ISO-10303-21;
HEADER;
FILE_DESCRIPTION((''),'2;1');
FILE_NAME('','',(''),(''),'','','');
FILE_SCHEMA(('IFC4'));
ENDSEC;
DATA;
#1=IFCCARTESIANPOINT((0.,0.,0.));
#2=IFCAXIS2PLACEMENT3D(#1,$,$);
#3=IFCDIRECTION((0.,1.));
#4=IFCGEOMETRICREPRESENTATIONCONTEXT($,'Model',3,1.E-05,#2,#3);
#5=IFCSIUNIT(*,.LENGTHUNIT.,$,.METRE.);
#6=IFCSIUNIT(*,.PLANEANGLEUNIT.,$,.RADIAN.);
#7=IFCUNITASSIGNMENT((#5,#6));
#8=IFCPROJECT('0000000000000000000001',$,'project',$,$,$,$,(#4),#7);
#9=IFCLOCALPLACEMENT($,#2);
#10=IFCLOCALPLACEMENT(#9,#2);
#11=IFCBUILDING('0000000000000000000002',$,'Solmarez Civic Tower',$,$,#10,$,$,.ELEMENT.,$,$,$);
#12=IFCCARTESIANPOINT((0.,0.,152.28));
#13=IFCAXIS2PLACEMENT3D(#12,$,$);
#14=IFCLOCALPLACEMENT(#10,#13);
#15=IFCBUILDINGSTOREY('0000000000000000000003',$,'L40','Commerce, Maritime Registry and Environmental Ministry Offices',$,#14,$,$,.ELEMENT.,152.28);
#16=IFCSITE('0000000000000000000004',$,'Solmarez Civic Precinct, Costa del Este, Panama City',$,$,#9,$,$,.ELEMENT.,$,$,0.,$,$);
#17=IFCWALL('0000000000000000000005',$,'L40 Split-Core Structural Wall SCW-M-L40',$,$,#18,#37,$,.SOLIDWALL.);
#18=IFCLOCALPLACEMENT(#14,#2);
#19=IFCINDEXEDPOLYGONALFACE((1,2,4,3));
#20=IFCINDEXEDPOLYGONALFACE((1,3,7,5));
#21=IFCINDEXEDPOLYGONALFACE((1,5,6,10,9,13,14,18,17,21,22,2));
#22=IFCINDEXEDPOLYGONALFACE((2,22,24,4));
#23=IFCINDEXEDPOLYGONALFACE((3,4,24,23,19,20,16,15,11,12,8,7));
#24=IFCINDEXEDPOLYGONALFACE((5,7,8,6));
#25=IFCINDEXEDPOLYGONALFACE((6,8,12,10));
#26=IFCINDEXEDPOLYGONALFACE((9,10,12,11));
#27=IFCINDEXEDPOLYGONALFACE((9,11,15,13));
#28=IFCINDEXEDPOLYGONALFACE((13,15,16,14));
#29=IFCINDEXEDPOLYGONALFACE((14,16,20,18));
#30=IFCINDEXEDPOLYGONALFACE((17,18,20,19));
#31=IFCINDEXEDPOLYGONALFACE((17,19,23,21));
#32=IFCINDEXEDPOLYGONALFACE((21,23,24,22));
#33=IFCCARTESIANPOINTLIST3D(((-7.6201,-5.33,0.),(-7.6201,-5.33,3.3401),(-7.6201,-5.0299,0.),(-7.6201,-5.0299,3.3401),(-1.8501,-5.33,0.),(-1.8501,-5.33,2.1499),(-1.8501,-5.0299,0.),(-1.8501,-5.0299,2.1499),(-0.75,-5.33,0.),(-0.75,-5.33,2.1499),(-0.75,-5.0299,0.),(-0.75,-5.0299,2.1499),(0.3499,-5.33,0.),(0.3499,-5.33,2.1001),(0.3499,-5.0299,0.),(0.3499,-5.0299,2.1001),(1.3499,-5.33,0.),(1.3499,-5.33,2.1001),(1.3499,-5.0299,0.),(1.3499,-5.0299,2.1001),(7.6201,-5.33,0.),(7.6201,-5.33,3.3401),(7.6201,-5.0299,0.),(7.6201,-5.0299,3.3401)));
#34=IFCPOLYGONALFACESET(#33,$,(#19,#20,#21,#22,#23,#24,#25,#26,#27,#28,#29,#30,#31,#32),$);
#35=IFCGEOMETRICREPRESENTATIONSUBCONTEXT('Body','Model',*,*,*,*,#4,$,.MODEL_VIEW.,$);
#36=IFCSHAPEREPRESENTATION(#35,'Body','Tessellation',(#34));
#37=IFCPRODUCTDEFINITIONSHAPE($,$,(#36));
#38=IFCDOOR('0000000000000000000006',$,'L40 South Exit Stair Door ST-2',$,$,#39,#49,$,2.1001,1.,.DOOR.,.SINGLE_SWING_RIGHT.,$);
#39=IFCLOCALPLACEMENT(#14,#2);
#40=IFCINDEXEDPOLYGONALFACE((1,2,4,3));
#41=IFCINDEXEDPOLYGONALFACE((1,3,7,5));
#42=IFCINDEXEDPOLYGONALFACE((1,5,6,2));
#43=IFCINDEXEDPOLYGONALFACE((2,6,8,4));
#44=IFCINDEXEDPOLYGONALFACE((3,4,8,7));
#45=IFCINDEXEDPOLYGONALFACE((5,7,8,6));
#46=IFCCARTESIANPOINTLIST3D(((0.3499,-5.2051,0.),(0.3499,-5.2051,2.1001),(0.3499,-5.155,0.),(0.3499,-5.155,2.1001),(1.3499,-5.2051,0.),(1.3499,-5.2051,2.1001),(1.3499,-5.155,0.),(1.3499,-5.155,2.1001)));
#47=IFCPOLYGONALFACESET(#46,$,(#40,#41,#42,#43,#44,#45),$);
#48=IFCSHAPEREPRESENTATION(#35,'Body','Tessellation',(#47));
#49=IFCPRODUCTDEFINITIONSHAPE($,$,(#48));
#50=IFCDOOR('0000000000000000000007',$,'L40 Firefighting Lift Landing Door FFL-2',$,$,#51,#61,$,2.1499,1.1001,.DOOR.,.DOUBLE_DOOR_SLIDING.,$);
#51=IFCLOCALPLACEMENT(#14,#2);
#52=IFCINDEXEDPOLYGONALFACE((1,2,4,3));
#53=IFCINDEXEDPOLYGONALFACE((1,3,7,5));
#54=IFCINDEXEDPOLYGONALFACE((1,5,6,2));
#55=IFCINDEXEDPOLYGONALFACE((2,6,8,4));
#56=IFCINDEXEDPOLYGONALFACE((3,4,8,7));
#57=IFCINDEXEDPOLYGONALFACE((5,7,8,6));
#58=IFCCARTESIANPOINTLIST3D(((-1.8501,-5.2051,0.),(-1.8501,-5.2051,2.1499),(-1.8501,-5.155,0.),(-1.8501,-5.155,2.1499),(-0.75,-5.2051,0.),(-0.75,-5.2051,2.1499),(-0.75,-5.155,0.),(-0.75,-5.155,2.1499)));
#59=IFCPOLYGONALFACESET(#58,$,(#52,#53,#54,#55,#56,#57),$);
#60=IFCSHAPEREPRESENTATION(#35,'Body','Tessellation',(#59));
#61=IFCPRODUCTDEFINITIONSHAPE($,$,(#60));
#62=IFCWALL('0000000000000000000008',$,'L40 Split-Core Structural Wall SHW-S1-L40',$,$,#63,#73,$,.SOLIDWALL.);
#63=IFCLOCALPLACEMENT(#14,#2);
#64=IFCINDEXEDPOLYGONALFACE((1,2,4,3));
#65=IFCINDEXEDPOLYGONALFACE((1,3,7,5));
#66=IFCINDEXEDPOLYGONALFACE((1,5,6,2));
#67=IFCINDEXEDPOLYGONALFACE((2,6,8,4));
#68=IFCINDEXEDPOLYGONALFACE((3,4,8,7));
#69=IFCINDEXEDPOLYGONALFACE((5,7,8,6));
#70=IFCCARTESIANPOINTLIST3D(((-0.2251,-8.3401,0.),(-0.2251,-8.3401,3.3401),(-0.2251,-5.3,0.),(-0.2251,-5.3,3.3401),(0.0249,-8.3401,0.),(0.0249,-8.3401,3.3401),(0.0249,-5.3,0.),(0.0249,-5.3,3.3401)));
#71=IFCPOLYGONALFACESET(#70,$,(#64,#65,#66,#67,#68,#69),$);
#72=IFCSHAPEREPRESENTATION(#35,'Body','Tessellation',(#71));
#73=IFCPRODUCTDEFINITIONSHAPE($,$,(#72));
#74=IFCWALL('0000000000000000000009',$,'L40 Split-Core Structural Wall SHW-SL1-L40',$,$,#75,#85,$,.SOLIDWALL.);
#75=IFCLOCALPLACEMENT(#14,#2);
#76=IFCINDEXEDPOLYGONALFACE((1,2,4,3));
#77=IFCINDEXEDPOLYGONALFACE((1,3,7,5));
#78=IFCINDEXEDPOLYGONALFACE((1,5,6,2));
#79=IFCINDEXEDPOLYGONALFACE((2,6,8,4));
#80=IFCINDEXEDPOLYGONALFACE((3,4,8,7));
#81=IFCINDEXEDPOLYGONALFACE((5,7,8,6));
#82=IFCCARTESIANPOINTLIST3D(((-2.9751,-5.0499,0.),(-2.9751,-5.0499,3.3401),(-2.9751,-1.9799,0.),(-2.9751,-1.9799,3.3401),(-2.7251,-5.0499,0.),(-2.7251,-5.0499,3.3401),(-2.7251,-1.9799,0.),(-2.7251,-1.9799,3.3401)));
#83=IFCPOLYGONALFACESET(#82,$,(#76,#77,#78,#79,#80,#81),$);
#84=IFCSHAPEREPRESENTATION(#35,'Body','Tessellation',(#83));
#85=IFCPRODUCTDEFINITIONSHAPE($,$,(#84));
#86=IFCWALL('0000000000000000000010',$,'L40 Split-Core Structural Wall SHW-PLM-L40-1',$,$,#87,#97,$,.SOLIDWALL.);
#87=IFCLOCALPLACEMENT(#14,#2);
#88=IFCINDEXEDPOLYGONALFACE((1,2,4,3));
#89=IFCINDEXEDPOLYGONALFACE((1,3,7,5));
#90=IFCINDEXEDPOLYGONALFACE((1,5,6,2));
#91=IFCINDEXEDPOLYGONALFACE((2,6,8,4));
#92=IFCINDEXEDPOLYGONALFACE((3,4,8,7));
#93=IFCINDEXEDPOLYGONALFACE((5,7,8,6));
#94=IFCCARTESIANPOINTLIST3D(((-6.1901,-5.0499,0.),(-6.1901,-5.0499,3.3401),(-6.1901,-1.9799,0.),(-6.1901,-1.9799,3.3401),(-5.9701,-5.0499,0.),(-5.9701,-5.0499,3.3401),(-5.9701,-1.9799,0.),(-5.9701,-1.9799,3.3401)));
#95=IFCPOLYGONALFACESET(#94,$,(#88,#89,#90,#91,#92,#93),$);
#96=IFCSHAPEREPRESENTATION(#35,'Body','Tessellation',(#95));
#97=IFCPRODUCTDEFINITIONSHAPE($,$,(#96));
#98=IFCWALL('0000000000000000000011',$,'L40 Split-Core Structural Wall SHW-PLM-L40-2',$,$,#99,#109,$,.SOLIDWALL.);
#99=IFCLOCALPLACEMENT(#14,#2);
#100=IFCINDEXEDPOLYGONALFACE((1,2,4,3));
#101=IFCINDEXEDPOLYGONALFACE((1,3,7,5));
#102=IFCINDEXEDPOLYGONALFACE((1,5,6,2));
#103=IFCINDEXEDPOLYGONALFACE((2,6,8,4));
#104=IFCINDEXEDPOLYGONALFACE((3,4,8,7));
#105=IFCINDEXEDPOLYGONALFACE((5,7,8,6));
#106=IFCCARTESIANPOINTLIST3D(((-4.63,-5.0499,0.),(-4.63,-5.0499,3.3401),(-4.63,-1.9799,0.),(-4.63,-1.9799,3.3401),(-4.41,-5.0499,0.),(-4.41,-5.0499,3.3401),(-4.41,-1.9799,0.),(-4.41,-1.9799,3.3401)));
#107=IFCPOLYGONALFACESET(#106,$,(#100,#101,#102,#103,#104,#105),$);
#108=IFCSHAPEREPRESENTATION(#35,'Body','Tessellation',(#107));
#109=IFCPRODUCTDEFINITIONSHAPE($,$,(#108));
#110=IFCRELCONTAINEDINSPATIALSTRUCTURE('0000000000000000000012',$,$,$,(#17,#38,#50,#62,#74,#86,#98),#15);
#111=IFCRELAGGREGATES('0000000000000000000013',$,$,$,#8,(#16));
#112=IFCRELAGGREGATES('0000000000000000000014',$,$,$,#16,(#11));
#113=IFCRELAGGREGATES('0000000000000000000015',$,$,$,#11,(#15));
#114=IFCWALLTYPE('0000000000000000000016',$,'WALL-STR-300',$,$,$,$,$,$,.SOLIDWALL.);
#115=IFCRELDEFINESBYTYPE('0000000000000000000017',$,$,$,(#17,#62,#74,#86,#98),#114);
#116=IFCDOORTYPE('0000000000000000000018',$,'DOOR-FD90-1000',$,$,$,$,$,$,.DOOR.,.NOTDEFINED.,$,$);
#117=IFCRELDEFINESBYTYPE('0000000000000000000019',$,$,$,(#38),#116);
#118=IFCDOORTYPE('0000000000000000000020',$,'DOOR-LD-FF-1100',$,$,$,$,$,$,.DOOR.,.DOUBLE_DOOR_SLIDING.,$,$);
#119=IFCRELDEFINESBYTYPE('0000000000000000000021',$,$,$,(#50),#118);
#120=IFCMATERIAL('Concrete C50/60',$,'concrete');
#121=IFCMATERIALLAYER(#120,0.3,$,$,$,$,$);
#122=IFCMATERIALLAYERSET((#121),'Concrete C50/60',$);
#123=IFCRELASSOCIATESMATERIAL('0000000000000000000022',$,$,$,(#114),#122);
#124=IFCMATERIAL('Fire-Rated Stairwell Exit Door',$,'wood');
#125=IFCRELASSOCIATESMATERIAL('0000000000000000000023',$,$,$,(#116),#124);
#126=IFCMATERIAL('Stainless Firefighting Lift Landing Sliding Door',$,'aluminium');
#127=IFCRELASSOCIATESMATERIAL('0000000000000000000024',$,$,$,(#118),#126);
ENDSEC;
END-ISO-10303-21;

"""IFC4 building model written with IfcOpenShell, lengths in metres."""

from ifc_helpers import new_model, si_unit, direction, frame, frame_2d, origin, place, context, subcontext, project, spatial, rectangle, extrude, material, layer, layer_set, type_object, element, fill, save


model = new_model("IFC4")

# Units and contexts
model_context = context("Model", 3, precision=1e-05, world=origin(), true_north=direction((0.0, 1.0)))
body_context = subcontext(model_context, "Body", "Model", "MODEL_VIEW")
ifc_project = project(units=[si_unit("LENGTHUNIT", "METRE"), si_unit("PLANEANGLEUNIT", "RADIAN")], contexts=[model_context])

# Site, building, storey
site_placement = place(None, origin())
site = spatial("IfcSite", under=ifc_project, at=site_placement, Name="Solmarez Civic Precinct, Costa del Este, Panama City", CompositionType="ELEMENT", RefElevation=0.0)
building_placement = place(site_placement, origin())
building = spatial("IfcBuilding", under=site, at=building_placement, Name="Solmarez Civic Tower", CompositionType="ELEMENT")
storey_placement = place(building_placement, frame((0.0, 0.0, 152.28)))
storey = spatial("IfcBuildingStorey", under=building, at=storey_placement, Name="L40", Description="Commerce, Maritime Registry and Environmental Ministry Offices", CompositionType="ELEMENT", Elevation=152.28)

# Shared definitions
ifc_material_1 = material(Name="Concrete C50/60", Category="concrete")

# Wall, openings, doors
ifc_layer_1 = layer(ifc_material_1, 0.3)
ifc_layer_set_1 = layer_set([ifc_layer_1], Name="Concrete C50/60")
wall_type_1 = type_object("IfcWallType", Name="WALL-STR-300", PredefinedType="SOLIDWALL", material=ifc_layer_set_1)
wall_1_placement = place(storey_placement, frame((-7.6201, -5.1799, 0.0), z_axis=(0.0, 0.0, 1.0), x_axis=(1.0, 0.0, 0.0)))
wall_1 = element("IfcWall", 1, at=wall_1_placement, inside=storey, type_object=wall_type_1, Name="L40 Split-Core Structural Wall SCW-M-L40", PredefinedType="SOLIDWALL", context=body_context, shape_type="SweptSolid", body=[
    extrude(rectangle(XDim=15.2402, YDim=0.3, at=frame_2d((7.6201, 0.0))), origin(), (0.0, 0.0, 1.0), 3.3401),
])
opening_1_placement = place(wall_1_placement, frame((5.77, 0.0, 0.0)))
opening_1 = element("IfcOpeningElement", 2, at=opening_1_placement, cuts=wall_1, PredefinedType="OPENING", context=body_context, shape_type="SweptSolid", body=[
    extrude(rectangle(XDim=1.1001, YDim=2.1499, at=frame_2d((0.55, 1.075))), frame((0.0, 0.1599, 0.0), z_axis=(0.0, -1.0, 0.0), x_axis=(1.0, 0.0, 0.0)), (0.0, 0.0, 1.0), 0.3201),
])
opening_2_placement = place(wall_1_placement, frame((7.97, 0.0, 0.0)))
opening_2 = element("IfcOpeningElement", 3, at=opening_2_placement, cuts=wall_1, PredefinedType="OPENING", context=body_context, shape_type="SweptSolid", body=[
    extrude(rectangle(XDim=1.0, YDim=2.1001, at=frame_2d((0.5, 1.05))), frame((0.0, 0.1599, 0.0), z_axis=(0.0, -1.0, 0.0), x_axis=(1.0, 0.0, 0.0)), (0.0, 0.0, 1.0), 0.3201),
])
ifc_material_2 = material(Name="Fire-Rated Stairwell Exit Door", Category="wood")
door_type_1 = type_object("IfcDoorType", Name="DOOR-FD90-1000", OperationType="NOTDEFINED", PredefinedType="DOOR", material=ifc_material_2)
door_1_placement = place(opening_2_placement, origin())
door_1 = element("IfcDoor", 4, at=door_1_placement, inside=storey, type_object=door_type_1, Name="L40 South Exit Stair Door ST-2", OperationType="SINGLE_SWING_RIGHT", OverallHeight=2.1001, OverallWidth=1.0, PredefinedType="DOOR", context=body_context, shape_type="SweptSolid", body=[
    extrude(rectangle(XDim=1.0, YDim=2.1001, at=frame_2d((0.5, 1.05))), frame((0.0, 0.0249, 0.0), z_axis=(0.0, -1.0, 0.0), x_axis=(1.0, 0.0, 0.0)), (0.0, 0.0, 1.0), 0.05),
])
fill(opening_2, door_1)
ifc_material_3 = material(Name="Stainless Firefighting Lift Landing Sliding Door", Category="aluminium")
door_type_2 = type_object("IfcDoorType", Name="DOOR-LD-FF-1100", OperationType="DOUBLE_DOOR_SLIDING", PredefinedType="DOOR", material=ifc_material_3)
door_2_placement = place(opening_1_placement, origin())
door_2 = element("IfcDoor", 5, at=door_2_placement, inside=storey, type_object=door_type_2, Name="L40 Firefighting Lift Landing Door FFL-2", OperationType="DOUBLE_DOOR_SLIDING", OverallHeight=2.1499, OverallWidth=1.1001, PredefinedType="DOOR", context=body_context, shape_type="SweptSolid", body=[
    extrude(rectangle(XDim=1.1001, YDim=2.1499, at=frame_2d((0.55, 1.075))), frame((0.0, 0.0249, 0.0), z_axis=(0.0, -1.0, 0.0), x_axis=(1.0, 0.0, 0.0)), (0.0, 0.0, 1.0), 0.05),
])
fill(opening_1, door_2)

# Walls
wall_2_placement = place(storey_placement, frame((-0.1001, -8.3401, 0.0), z_axis=(0.0, 0.0, 1.0), x_axis=(0.0, 1.0, 0.0)))
element("IfcWall", 6, at=wall_2_placement, inside=storey, type_object=wall_type_1, Name="L40 Split-Core Structural Wall SHW-S1-L40", PredefinedType="SOLIDWALL", context=body_context, shape_type="SweptSolid", body=[
    extrude(rectangle(XDim=3.04, YDim=0.25, at=frame_2d((1.52, 0.0))), origin(), (0.0, 0.0, 1.0), 3.3401),
])
wall_3_placement = place(storey_placement, frame((-2.8501, -5.05, 0.0), z_axis=(0.0, 0.0, 1.0), x_axis=(0.0, 1.0, 0.0)))
element("IfcWall", 7, at=wall_3_placement, inside=storey, type_object=wall_type_1, Name="L40 Split-Core Structural Wall SHW-SL1-L40", PredefinedType="SOLIDWALL", context=body_context, shape_type="SweptSolid", body=[
    extrude(rectangle(XDim=3.0701, YDim=0.25, at=frame_2d((1.5352, 0.0))), origin(), (0.0, 0.0, 1.0), 3.3401),
])
for number, where, z_axis, x_axis, name in (
    (8, (-6.0801, -5.05, 0.0), (0.0, 0.0, 1.0), (0.0, 1.0, 0.0), "L40 Split-Core Structural Wall SHW-PLM-L40-1"),
    (9, (-4.52, -5.05, 0.0), (0.0, 0.0, 1.0), (0.0, 1.0, 0.0), "L40 Split-Core Structural Wall SHW-PLM-L40-2"),
):
    element("IfcWall", number, at=place(storey_placement, frame(where, z_axis=z_axis, x_axis=x_axis)), inside=storey, type_object=wall_type_1, Name=name, PredefinedType="SOLIDWALL", context=body_context, shape_type="SweptSolid", body=[
        extrude(rectangle(XDim=3.0701, YDim=0.22, at=frame_2d((1.5352, 0.0))), origin(), (0.0, 0.0, 1.0), 3.3401),
    ])

save(model, "model.ifc")
